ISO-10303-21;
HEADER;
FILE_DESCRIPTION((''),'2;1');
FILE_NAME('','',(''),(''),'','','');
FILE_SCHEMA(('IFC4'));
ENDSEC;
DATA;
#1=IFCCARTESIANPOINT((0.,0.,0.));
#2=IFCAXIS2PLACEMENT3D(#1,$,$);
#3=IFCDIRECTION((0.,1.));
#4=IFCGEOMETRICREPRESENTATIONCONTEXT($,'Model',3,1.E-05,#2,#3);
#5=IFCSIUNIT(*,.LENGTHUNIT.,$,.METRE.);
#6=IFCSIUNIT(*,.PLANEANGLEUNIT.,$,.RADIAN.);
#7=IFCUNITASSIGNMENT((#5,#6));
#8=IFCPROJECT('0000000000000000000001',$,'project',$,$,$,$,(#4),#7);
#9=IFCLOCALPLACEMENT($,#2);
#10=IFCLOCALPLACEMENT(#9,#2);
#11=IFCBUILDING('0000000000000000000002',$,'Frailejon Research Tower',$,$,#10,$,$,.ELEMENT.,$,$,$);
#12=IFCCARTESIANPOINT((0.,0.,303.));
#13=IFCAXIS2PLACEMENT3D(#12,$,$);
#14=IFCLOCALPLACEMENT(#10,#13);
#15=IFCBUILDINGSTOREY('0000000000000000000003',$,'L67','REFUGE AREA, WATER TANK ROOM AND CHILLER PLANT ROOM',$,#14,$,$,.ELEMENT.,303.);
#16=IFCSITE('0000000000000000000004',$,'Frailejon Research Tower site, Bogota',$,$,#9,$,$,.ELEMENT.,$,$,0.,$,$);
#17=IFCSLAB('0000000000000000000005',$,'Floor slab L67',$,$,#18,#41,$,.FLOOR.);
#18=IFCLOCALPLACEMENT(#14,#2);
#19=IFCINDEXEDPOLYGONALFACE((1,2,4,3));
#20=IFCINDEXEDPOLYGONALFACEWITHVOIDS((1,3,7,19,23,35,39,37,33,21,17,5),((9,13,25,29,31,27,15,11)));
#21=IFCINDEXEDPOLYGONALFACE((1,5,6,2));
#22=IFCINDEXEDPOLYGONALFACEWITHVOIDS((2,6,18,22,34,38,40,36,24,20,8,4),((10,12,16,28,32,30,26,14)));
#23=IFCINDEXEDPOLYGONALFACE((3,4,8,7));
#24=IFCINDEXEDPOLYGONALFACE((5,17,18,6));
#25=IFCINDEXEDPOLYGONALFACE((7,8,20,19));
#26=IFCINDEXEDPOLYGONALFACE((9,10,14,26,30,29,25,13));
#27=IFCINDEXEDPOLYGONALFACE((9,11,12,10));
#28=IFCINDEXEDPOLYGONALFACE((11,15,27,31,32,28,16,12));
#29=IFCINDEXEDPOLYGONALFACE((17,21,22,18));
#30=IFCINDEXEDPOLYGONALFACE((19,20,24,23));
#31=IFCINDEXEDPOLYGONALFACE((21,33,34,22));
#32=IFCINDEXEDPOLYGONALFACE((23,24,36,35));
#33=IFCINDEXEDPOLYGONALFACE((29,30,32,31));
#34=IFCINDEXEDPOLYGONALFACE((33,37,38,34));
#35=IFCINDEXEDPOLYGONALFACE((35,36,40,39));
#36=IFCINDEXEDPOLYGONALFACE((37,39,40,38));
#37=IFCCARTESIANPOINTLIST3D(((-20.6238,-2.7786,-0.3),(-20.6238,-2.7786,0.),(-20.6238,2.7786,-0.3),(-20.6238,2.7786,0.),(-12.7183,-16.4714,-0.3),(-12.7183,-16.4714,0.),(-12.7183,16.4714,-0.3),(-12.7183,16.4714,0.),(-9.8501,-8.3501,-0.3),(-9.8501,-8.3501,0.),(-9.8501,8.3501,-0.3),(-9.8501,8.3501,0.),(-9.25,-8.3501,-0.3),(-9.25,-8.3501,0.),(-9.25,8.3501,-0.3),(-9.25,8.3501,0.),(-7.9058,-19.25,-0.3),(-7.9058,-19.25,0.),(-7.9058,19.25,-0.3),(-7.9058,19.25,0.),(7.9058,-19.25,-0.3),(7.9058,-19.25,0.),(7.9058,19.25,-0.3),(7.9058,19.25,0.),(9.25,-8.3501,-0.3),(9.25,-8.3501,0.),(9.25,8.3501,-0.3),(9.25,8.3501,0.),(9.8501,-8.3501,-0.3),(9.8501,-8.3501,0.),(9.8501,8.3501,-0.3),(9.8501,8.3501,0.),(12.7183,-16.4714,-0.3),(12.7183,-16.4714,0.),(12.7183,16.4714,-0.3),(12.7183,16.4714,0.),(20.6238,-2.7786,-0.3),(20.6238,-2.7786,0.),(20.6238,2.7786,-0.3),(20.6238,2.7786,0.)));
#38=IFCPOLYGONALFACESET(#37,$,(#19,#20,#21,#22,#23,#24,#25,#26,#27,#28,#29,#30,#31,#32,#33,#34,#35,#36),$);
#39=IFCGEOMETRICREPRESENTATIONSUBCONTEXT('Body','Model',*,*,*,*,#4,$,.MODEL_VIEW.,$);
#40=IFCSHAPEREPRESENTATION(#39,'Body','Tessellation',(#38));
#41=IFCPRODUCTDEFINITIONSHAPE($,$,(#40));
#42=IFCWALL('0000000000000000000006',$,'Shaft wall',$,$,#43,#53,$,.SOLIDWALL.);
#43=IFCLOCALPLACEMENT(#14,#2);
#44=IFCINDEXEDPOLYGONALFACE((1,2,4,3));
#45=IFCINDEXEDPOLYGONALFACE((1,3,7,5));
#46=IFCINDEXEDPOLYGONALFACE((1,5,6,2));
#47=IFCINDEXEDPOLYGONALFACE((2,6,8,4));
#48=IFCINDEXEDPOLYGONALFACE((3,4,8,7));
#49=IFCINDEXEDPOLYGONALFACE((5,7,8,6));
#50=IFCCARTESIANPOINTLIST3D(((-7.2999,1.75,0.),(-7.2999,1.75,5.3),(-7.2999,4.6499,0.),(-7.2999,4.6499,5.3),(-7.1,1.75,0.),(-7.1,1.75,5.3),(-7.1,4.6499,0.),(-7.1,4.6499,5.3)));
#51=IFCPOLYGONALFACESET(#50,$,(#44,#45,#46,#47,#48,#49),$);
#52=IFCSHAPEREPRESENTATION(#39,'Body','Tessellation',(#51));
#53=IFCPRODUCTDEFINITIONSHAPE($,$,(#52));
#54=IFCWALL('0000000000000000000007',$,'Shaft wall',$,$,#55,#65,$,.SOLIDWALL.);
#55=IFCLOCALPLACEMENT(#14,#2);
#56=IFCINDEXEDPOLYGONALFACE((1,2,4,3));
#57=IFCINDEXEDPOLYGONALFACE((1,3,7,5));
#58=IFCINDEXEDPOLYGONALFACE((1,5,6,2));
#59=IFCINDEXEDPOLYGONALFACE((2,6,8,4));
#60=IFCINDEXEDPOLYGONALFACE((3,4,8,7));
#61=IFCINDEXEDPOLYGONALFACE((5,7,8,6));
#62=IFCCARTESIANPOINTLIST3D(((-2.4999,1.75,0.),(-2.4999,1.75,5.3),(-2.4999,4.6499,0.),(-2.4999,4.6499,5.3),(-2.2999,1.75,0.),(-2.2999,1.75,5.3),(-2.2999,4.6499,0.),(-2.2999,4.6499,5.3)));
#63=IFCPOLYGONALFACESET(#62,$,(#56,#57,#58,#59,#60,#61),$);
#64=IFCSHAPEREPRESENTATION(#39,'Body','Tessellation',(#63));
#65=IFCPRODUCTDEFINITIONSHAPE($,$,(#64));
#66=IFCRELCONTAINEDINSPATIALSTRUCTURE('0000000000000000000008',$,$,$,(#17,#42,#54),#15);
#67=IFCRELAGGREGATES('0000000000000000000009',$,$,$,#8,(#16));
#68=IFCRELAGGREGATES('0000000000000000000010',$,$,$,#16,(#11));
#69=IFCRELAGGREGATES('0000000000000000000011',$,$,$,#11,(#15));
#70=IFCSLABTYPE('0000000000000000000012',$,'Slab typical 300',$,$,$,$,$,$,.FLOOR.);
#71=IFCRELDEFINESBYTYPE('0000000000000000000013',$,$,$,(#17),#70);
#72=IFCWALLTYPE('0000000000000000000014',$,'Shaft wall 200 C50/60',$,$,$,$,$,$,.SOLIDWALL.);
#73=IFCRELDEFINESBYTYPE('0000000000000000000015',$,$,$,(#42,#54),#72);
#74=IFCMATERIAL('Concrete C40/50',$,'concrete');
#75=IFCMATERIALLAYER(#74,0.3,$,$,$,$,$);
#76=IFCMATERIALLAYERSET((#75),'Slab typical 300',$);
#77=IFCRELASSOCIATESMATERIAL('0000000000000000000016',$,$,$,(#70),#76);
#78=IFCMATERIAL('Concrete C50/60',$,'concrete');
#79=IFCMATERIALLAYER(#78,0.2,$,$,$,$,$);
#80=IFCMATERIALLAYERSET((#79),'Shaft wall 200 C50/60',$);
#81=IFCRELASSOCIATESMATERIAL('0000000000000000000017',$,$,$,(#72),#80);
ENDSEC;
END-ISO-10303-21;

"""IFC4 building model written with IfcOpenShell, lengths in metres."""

from ifc_helpers import new_model, si_unit, direction, frame, frame_2d, origin, place, context, subcontext, project, spatial, polyline, rectangle, outline, extrude, material, layer, layer_set, type_object, element, save


model = new_model("IFC4")

# Units and contexts
model_context = context("Model", 3, precision=1e-05, world=origin(), true_north=direction((0.0, 1.0)))
body_context = subcontext(model_context, "Body", "Model", "MODEL_VIEW")
ifc_project = project(units=[si_unit("LENGTHUNIT", "METRE"), si_unit("PLANEANGLEUNIT", "RADIAN")], contexts=[model_context])

# Site, building, storey
site_placement = place(None, origin())
site = spatial("IfcSite", under=ifc_project, at=site_placement, Name="Frailejon Research Tower site, Bogota", CompositionType="ELEMENT", RefElevation=0.0)
building_placement = place(site_placement, origin())
building = spatial("IfcBuilding", under=site, at=building_placement, Name="Frailejon Research Tower", CompositionType="ELEMENT")
storey_placement = place(building_placement, frame((0.0, 0.0, 303.0)))
storey = spatial("IfcBuildingStorey", under=building, at=storey_placement, Name="L67", Description="REFUGE AREA, WATER TANK ROOM AND CHILLER PLANT ROOM", CompositionType="ELEMENT", Elevation=303.0)

# Slab
ifc_material_1 = material(Name="Concrete C40/50", Category="concrete")
ifc_layer_1 = layer(ifc_material_1, 0.3)
ifc_layer_set_1 = layer_set([ifc_layer_1], Name="Slab typical 300")
slab_type = type_object("IfcSlabType", Name="Slab typical 300", PredefinedType="FLOOR", material=ifc_layer_set_1)
slab_placement = place(storey_placement, frame((0.0, 0.0, -0.3)))
element("IfcSlab", 1, at=slab_placement, inside=storey, type_object=slab_type, Name="Floor slab L67", PredefinedType="FLOOR", context=body_context, shape_type="SweptSolid", body=[
    extrude(outline(polyline([(20.6238, -2.7786), (20.6238, 2.7786), (12.7183, 16.4714), (7.9058, 19.25), (-7.9058, 19.25), (-12.7183, 16.4714), (-20.6238, 2.7786), (-20.6238, -2.7786), (-12.7183, -16.4714), (-7.9058, -19.25), (7.9058, -19.25), (12.7183, -16.4714), (20.6238, -2.7786)]), holes=[polyline([(9.25, 8.3501), (9.8501, 8.3501), (9.8501, -8.3501), (9.25, -8.3501), (-9.25, -8.3501), (-9.8501, -8.3501), (-9.8501, 8.3501), (-9.25, 8.3501), (9.25, 8.3501)])]), origin(), (0.0, 0.0, 1.0), 0.3),
])

# Walls
ifc_material_2 = material(Name="Concrete C50/60", Category="concrete")
ifc_layer_2 = layer(ifc_material_2, 0.2)
ifc_layer_set_2 = layer_set([ifc_layer_2], Name="Shaft wall 200 C50/60")
wall_type_1 = type_object("IfcWallType", Name="Shaft wall 200 C50/60", PredefinedType="SOLIDWALL", material=ifc_layer_set_2)
for number, where, z_axis, x_axis, name in (
    (2, (-7.2, 1.75, 0.0), (0.0, 0.0, 1.0), (0.0, 1.0, 0.0), "Shaft wall"),
    (3, (-2.3999, 1.75, 0.0), (0.0, 0.0, 1.0), (0.0, 1.0, 0.0), "Shaft wall"),
):
    element("IfcWall", number, at=place(storey_placement, frame(where, z_axis=z_axis, x_axis=x_axis)), inside=storey, type_object=wall_type_1, Name=name, PredefinedType="SOLIDWALL", context=body_context, shape_type="SweptSolid", body=[
        extrude(rectangle(XDim=2.8999, YDim=0.2, at=frame_2d((1.45, 0.0))), origin(), (0.0, 0.0, 1.0), 5.3),
    ])

save(model, "model.ifc")
